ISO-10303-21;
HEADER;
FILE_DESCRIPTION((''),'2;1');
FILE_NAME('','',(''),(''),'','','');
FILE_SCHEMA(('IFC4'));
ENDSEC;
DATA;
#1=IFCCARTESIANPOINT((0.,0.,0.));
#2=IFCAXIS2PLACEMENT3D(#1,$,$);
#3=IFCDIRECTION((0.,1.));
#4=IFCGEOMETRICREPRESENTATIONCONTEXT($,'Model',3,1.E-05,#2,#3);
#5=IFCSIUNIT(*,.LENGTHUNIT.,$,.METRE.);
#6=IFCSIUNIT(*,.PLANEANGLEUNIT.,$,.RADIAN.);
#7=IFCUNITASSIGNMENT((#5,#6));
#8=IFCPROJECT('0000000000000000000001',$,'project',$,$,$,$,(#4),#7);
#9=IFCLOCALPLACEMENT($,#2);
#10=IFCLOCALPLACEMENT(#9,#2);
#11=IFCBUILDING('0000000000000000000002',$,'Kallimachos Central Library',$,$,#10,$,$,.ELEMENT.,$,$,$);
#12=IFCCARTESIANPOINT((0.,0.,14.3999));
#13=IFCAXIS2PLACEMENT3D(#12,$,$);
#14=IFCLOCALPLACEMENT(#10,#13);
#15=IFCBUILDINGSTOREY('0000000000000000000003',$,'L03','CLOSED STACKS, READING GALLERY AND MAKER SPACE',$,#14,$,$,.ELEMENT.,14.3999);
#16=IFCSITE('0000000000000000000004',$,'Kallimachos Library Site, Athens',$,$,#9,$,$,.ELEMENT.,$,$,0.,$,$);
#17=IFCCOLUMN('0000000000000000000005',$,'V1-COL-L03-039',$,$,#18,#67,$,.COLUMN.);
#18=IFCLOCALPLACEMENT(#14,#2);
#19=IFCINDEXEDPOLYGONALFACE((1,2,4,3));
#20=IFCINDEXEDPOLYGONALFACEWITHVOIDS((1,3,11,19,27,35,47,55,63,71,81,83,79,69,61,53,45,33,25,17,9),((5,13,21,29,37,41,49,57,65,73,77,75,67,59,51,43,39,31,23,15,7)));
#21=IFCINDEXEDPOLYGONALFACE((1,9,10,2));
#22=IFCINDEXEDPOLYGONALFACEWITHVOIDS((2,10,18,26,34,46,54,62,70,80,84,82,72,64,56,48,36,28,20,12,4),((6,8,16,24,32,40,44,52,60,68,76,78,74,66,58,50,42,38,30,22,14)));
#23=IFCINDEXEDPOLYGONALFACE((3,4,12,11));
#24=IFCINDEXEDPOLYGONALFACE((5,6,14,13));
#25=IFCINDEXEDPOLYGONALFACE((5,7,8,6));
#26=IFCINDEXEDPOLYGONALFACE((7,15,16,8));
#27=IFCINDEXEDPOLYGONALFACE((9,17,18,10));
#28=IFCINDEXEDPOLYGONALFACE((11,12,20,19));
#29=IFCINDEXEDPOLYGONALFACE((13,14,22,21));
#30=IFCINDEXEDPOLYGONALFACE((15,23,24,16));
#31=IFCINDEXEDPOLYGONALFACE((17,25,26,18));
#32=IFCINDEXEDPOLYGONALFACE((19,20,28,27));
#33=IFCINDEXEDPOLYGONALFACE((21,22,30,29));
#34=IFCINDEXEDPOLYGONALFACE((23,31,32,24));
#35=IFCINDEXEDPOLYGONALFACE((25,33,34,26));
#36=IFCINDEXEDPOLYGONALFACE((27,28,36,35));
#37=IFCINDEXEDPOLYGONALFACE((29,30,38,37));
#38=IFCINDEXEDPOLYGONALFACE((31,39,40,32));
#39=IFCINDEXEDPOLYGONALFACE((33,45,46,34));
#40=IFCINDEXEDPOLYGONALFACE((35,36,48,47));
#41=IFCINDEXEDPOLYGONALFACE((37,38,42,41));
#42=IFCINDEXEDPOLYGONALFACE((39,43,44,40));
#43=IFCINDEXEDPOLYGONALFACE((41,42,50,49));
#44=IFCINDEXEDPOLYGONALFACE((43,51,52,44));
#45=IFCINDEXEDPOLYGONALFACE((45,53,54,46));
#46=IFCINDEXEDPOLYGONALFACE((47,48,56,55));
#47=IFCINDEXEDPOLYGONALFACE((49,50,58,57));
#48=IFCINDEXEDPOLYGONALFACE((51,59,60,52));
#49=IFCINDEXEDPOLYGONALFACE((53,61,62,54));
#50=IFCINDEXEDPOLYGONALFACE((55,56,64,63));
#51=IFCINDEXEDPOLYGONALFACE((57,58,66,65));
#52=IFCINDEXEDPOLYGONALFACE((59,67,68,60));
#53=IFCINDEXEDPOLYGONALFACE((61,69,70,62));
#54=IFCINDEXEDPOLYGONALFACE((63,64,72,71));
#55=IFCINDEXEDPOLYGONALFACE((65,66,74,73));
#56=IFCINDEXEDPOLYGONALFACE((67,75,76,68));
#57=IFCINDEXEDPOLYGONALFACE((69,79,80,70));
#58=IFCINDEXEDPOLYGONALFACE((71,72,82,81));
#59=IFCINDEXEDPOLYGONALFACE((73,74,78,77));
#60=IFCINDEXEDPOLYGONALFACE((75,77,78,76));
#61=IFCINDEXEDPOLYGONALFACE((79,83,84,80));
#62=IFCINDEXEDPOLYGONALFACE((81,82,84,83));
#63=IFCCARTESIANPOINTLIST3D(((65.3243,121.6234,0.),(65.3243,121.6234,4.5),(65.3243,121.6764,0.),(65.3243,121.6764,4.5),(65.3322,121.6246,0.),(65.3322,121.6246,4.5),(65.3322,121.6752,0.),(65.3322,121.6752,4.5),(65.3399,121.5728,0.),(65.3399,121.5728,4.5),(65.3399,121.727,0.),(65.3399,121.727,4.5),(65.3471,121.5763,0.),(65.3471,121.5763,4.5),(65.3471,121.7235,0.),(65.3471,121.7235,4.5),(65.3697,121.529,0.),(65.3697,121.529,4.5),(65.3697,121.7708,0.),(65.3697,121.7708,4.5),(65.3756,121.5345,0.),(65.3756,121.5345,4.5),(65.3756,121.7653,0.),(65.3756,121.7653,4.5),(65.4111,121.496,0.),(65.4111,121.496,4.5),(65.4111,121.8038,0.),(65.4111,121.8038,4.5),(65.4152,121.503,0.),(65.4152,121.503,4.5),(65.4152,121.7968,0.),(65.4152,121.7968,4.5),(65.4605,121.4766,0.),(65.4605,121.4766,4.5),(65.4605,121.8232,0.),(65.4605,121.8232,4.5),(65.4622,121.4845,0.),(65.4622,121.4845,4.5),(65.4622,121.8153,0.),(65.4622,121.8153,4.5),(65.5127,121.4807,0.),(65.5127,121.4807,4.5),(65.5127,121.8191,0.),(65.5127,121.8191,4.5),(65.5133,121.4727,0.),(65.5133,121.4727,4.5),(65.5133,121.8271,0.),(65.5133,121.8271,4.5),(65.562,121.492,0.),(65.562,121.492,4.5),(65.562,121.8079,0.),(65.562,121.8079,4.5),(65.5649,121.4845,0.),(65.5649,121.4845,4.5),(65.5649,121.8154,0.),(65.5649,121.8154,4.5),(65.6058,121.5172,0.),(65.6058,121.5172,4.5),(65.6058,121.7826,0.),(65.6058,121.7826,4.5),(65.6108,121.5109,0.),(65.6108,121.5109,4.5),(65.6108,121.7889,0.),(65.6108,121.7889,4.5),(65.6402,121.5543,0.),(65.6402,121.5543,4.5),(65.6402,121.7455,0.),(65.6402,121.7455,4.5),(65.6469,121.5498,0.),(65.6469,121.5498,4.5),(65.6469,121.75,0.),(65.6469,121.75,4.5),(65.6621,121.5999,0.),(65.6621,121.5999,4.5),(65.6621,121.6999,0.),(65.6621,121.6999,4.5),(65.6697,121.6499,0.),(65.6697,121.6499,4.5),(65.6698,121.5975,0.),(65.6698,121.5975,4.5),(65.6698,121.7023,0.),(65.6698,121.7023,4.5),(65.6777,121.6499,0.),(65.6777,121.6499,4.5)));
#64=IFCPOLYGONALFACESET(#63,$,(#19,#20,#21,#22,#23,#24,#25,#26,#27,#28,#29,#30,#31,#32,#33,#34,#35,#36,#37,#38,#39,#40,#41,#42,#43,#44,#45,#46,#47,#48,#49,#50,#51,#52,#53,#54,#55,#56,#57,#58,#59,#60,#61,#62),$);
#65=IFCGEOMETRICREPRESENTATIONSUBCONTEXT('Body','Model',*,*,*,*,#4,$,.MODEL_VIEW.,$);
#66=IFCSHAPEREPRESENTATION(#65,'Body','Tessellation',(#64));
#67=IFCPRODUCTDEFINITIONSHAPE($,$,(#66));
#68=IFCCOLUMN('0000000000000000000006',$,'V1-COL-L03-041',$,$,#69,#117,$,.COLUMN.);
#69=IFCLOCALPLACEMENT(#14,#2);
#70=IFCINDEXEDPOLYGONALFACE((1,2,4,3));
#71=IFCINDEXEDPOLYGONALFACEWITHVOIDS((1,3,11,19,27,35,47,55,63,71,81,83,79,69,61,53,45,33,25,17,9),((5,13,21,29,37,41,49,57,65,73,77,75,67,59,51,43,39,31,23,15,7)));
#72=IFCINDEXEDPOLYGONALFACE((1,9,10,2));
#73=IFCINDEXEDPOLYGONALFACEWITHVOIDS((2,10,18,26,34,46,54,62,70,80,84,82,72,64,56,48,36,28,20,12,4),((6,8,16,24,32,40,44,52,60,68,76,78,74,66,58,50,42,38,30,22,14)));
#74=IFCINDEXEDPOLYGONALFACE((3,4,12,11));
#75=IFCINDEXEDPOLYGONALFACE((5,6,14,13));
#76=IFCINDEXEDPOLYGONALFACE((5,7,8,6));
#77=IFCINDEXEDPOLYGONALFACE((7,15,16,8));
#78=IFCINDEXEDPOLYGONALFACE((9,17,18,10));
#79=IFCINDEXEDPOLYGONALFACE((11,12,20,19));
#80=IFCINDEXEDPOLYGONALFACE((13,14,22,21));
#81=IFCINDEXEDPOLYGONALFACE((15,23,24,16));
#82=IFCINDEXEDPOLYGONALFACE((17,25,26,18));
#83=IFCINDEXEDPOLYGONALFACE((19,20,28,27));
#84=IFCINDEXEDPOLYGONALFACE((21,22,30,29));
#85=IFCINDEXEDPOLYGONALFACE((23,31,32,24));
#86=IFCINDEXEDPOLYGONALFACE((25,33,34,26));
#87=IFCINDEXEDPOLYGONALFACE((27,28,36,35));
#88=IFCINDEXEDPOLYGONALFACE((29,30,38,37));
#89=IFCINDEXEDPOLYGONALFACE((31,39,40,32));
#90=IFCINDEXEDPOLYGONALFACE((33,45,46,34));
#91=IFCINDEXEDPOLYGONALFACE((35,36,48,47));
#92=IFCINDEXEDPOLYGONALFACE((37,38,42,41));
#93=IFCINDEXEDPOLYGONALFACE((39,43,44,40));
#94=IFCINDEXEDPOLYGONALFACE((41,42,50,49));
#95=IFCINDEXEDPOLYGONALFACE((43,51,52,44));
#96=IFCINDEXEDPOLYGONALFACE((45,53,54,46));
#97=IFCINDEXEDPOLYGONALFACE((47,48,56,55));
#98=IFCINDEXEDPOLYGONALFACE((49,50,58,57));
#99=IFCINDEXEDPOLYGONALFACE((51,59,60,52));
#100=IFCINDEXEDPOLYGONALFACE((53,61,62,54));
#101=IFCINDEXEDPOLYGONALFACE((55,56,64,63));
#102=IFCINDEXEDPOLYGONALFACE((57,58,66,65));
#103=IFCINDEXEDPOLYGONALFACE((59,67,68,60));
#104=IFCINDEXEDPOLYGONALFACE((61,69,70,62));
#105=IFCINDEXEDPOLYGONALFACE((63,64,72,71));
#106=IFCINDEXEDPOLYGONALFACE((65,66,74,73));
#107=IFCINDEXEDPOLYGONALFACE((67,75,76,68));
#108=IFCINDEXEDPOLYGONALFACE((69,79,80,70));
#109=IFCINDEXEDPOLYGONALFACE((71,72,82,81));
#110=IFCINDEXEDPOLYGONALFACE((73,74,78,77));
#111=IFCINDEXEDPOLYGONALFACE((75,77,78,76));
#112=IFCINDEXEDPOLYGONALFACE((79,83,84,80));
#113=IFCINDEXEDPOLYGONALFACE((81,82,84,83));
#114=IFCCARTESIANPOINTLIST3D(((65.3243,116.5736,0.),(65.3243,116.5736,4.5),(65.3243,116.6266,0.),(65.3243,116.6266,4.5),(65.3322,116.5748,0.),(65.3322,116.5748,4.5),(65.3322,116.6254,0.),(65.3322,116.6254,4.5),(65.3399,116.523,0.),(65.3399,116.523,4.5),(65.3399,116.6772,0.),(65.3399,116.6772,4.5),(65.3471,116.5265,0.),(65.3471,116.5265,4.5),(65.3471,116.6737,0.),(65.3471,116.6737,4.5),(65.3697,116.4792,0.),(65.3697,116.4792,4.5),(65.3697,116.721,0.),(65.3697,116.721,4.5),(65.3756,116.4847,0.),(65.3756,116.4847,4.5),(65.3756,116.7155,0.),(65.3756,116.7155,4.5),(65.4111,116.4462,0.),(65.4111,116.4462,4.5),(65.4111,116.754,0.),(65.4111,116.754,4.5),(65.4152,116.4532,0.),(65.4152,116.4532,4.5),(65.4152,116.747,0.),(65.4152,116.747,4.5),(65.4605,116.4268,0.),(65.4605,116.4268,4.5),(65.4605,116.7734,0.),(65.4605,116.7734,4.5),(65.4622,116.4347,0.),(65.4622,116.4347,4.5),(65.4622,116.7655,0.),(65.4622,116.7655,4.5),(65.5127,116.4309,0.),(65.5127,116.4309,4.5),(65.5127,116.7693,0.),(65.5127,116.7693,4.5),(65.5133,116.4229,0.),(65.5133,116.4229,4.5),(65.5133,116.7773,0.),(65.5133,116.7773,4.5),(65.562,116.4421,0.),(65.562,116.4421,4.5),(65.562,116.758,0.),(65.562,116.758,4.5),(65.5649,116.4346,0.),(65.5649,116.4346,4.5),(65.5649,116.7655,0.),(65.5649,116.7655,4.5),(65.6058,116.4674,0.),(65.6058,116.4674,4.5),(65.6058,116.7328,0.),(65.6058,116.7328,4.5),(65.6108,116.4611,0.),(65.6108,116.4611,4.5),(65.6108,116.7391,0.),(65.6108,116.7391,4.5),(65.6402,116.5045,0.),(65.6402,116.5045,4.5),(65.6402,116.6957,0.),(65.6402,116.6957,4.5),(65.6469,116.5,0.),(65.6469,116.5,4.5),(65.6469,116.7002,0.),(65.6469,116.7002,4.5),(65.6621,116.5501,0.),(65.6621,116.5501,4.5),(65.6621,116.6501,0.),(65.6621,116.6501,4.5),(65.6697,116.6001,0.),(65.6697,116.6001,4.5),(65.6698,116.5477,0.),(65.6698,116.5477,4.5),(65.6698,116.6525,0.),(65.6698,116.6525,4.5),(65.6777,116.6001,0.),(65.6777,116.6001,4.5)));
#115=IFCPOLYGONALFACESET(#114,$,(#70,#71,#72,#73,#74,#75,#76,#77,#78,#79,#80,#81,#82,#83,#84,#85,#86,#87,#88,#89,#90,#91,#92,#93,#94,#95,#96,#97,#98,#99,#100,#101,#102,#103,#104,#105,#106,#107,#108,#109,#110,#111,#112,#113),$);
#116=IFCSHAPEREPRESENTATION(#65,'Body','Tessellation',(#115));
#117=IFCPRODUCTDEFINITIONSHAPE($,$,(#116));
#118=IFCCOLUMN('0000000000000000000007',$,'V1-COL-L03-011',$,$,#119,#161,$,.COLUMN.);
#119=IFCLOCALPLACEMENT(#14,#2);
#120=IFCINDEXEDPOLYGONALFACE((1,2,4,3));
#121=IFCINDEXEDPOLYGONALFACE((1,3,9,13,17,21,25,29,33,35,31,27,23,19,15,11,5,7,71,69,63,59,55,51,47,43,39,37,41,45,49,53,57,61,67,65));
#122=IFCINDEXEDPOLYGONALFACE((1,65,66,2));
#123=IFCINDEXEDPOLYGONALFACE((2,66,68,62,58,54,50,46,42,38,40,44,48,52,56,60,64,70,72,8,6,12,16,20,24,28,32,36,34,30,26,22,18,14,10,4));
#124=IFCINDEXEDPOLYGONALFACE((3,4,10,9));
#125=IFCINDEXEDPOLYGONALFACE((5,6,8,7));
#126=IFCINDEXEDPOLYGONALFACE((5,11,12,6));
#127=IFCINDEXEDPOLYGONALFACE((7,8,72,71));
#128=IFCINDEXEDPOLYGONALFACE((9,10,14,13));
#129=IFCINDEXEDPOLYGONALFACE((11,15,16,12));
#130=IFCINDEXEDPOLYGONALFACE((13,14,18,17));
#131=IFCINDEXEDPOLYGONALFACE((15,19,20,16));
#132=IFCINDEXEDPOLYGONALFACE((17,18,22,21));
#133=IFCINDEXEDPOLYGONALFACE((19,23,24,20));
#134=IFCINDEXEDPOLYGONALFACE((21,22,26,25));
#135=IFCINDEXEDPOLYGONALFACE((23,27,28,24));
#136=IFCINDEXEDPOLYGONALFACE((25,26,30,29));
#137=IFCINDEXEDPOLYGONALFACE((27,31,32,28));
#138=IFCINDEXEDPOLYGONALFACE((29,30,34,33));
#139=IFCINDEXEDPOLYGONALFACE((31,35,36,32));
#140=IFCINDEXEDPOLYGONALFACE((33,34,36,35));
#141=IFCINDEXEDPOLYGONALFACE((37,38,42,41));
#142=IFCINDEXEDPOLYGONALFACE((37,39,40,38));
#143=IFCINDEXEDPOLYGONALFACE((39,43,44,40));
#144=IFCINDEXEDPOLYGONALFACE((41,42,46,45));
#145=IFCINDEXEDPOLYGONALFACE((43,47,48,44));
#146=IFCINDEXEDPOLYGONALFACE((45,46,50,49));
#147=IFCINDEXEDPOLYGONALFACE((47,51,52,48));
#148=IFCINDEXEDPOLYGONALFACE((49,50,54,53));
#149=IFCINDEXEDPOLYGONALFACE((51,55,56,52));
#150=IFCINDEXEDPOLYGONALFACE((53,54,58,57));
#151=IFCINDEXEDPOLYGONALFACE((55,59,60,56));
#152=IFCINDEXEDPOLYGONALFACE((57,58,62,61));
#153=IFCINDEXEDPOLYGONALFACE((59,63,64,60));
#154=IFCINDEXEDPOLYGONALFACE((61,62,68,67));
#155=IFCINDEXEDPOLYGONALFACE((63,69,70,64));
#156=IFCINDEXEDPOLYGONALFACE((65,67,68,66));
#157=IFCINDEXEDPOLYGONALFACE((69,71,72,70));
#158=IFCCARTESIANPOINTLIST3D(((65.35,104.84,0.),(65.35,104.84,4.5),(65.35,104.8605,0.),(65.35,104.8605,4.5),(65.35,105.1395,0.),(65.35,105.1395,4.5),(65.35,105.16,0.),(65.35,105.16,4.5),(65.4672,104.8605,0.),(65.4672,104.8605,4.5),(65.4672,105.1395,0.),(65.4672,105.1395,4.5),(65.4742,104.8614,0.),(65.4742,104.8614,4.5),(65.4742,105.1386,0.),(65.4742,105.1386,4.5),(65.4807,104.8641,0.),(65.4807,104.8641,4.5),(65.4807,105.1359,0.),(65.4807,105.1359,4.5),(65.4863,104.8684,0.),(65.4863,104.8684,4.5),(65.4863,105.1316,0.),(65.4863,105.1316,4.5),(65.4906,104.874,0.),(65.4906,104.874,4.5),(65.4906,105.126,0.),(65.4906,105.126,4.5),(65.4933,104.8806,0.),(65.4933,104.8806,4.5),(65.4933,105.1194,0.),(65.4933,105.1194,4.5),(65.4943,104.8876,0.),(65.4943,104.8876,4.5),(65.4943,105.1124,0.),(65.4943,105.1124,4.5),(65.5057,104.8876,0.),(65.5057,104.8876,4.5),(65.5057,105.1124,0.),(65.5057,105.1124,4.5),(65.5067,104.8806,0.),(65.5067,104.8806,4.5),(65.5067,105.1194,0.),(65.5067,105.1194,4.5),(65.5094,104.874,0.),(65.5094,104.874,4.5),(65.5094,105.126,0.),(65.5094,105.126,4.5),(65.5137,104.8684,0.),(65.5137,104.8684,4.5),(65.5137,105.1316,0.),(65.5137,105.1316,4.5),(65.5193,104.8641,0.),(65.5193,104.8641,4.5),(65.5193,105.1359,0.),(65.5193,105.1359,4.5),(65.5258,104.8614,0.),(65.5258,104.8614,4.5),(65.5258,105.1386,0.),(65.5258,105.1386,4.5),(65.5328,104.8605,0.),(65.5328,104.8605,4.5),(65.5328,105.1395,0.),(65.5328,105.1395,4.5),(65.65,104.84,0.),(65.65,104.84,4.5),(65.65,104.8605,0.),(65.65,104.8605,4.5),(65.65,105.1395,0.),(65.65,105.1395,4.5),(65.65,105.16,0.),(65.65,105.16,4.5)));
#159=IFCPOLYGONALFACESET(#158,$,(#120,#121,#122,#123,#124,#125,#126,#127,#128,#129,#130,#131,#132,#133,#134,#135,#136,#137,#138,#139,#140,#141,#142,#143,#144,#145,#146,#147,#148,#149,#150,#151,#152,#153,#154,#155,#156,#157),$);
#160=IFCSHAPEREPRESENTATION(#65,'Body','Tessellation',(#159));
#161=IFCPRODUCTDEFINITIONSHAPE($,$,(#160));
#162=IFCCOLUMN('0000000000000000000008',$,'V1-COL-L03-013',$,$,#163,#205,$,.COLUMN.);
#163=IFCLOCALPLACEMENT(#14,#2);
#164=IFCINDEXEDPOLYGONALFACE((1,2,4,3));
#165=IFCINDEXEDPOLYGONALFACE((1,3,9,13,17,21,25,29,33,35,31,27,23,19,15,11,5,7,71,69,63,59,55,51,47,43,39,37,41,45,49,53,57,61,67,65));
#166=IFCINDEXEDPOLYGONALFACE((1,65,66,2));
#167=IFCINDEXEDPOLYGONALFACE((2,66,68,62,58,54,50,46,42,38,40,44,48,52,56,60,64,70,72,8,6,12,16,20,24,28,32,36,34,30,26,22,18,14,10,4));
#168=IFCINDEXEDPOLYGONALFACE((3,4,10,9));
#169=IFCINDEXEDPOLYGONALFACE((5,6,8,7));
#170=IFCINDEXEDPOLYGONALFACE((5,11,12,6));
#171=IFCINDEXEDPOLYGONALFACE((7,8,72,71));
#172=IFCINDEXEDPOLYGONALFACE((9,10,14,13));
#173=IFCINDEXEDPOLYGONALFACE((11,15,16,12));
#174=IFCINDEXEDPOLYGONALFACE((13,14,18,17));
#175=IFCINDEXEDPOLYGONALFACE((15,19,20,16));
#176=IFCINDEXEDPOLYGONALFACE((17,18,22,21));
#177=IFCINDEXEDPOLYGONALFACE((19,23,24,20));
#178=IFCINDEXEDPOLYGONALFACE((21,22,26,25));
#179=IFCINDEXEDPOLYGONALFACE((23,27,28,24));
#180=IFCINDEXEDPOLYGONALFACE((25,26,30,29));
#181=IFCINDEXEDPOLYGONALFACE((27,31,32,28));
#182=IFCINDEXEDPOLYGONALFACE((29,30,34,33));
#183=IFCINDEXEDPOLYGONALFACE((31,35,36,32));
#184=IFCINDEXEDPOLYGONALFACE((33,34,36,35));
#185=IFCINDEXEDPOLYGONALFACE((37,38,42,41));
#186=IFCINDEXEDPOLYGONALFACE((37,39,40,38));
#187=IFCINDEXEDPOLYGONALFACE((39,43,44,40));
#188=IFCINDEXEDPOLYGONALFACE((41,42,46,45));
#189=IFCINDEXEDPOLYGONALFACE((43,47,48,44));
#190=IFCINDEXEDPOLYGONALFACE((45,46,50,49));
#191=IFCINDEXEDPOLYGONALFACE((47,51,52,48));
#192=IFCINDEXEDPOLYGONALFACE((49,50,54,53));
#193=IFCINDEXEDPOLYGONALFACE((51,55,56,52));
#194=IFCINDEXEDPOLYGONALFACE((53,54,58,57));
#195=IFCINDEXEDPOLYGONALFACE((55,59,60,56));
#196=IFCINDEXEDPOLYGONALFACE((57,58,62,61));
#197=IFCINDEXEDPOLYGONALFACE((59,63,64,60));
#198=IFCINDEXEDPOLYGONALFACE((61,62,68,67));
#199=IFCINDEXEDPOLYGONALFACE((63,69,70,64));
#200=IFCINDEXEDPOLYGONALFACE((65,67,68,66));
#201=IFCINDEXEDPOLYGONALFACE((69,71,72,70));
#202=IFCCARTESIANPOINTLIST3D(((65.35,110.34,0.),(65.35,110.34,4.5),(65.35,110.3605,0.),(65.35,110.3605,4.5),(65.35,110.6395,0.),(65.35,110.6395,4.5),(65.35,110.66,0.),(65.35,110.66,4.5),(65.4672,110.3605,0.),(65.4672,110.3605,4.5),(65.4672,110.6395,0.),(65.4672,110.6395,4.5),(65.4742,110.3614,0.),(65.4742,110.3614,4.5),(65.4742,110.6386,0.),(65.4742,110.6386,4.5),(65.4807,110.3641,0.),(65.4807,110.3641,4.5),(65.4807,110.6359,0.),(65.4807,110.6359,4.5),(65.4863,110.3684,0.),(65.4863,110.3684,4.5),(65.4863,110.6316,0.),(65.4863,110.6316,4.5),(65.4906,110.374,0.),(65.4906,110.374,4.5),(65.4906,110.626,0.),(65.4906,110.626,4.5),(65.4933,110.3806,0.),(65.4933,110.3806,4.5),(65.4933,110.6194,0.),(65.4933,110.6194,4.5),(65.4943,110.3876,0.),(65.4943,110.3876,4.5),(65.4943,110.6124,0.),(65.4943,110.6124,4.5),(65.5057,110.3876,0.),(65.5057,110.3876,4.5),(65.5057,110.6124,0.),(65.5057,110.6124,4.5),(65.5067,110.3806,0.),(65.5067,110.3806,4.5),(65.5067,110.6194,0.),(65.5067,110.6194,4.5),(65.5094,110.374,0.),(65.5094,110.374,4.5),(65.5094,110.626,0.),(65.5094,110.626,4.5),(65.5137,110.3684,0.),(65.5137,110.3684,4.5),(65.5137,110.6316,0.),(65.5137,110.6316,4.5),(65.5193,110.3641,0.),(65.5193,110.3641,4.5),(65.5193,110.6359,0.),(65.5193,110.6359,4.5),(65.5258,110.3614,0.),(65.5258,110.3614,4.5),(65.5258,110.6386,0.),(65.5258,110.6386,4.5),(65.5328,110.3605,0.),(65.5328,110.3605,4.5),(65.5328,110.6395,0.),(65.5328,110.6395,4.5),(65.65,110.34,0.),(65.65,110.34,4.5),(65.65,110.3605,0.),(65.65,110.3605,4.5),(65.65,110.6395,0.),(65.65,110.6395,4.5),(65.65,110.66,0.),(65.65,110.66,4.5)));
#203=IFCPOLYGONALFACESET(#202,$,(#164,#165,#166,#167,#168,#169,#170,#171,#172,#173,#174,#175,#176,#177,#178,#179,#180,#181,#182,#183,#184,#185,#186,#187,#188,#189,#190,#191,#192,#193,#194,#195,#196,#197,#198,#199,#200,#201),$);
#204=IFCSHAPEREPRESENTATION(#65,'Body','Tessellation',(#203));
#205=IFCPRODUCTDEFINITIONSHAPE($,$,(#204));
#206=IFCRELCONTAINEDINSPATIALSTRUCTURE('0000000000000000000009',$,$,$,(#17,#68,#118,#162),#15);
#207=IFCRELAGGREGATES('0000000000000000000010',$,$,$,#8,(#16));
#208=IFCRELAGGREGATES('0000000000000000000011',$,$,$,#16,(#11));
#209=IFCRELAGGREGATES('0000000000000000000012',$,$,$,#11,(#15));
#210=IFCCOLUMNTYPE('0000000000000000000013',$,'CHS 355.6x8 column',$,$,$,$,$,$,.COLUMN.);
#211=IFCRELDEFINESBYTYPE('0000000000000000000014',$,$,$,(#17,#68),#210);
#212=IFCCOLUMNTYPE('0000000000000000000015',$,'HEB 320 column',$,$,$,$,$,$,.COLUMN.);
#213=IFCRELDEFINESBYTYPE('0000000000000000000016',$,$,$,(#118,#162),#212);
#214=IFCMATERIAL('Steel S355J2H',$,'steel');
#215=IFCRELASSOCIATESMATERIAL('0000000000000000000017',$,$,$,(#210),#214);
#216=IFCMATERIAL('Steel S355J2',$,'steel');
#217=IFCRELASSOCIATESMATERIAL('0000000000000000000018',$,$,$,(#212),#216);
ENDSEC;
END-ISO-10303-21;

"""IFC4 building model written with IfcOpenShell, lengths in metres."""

from ifc_helpers import new_model, si_unit, direction, frame, origin, origin_2d, place, context, subcontext, project, spatial, hollow_circle, i_section, extrude, material, material_profile, profile_set, type_object, element, save


model = new_model("IFC4")

# Units and contexts
model_context = context("Model", 3, precision=1e-05, world=origin(), true_north=direction((0.0, 1.0)))
body_context = subcontext(model_context, "Body", "Model", "MODEL_VIEW")
ifc_project = project(units=[si_unit("LENGTHUNIT", "METRE"), si_unit("PLANEANGLEUNIT", "RADIAN")], contexts=[model_context])

# Site, building, storey
site_placement = place(None, origin())
site = spatial("IfcSite", under=ifc_project, at=site_placement, Name="Kallimachos Library Site, Athens", CompositionType="ELEMENT", RefElevation=0.0)
building_placement = place(site_placement, origin())
building = spatial("IfcBuilding", under=site, at=building_placement, Name="Kallimachos Central Library", CompositionType="ELEMENT")
storey_placement = place(building_placement, frame((0.0, 0.0, 14.3999)))
storey = spatial("IfcBuildingStorey", under=building, at=storey_placement, Name="L03", Description="CLOSED STACKS, READING GALLERY AND MAKER SPACE", CompositionType="ELEMENT", Elevation=14.3999)

# Columns
ifc_material_1 = material(Name="Steel S355J2H", Category="steel")
ifc_material_profile_1 = material_profile(ifc_material_1, hollow_circle(Radius=0.1777, WallThickness=0.0081, at=origin_2d()), Name="CHS 355.6x8")
ifc_profile_set_1 = profile_set([ifc_material_profile_1], Name="Steel S355J2H")
column_type_1 = type_object("IfcColumnType", Name="CHS 355.6x8 column", PredefinedType="COLUMN", material=ifc_profile_set_1)
for number, where, z_axis, x_axis, name in (
    (1, (65.5, 121.6499, 0.0), (0.0, 0.0, 1.0), (1.0, 0.0, 0.0), "V1-COL-L03-039"),
    (2, (65.5, 116.6001, 0.0), (0.0, 0.0, 1.0), (1.0, 0.0, 0.0), "V1-COL-L03-041"),
):
    element("IfcColumn", number, at=place(storey_placement, frame(where, z_axis=z_axis, x_axis=x_axis)), inside=storey, type_object=column_type_1, Name=name, PredefinedType="COLUMN", context=body_context, shape_type="SweptSolid", body=[
        extrude(hollow_circle(Radius=0.1777, WallThickness=0.0081, at=origin_2d()), origin(), (0.0, 0.0, 1.0), 4.5),
    ])
ifc_material_2 = material(Name="Steel S355J2", Category="steel")
ifc_material_profile_2 = material_profile(ifc_material_2, i_section(OverallWidth=0.3, OverallDepth=0.3201, WebThickness=0.0115, FlangeThickness=0.0205, FilletRadius=0.0271, at=origin_2d()), Name="HEB 320")
ifc_profile_set_2 = profile_set([ifc_material_profile_2], Name="Steel S355J2")
column_type_2 = type_object("IfcColumnType", Name="HEB 320 column", PredefinedType="COLUMN", material=ifc_profile_set_2)
for number, where, z_axis, x_axis, name in (
    (3, (65.5, 105.0, 0.0), (0.0, 0.0, 1.0), (1.0, 0.0, 0.0), "V1-COL-L03-011"),
    (4, (65.5, 110.5, 0.0), (0.0, 0.0, 1.0), (1.0, 0.0, 0.0), "V1-COL-L03-013"),
):
    element("IfcColumn", number, at=place(storey_placement, frame(where, z_axis=z_axis, x_axis=x_axis)), inside=storey, type_object=column_type_2, Name=name, PredefinedType="COLUMN", context=body_context, shape_type="SweptSolid", body=[
        extrude(i_section(OverallWidth=0.3, OverallDepth=0.3201, WebThickness=0.0115, FlangeThickness=0.0205, FilletRadius=0.0271, at=origin_2d()), origin(), (0.0, 0.0, 1.0), 4.5),
    ])

save(model, "model.ifc")
